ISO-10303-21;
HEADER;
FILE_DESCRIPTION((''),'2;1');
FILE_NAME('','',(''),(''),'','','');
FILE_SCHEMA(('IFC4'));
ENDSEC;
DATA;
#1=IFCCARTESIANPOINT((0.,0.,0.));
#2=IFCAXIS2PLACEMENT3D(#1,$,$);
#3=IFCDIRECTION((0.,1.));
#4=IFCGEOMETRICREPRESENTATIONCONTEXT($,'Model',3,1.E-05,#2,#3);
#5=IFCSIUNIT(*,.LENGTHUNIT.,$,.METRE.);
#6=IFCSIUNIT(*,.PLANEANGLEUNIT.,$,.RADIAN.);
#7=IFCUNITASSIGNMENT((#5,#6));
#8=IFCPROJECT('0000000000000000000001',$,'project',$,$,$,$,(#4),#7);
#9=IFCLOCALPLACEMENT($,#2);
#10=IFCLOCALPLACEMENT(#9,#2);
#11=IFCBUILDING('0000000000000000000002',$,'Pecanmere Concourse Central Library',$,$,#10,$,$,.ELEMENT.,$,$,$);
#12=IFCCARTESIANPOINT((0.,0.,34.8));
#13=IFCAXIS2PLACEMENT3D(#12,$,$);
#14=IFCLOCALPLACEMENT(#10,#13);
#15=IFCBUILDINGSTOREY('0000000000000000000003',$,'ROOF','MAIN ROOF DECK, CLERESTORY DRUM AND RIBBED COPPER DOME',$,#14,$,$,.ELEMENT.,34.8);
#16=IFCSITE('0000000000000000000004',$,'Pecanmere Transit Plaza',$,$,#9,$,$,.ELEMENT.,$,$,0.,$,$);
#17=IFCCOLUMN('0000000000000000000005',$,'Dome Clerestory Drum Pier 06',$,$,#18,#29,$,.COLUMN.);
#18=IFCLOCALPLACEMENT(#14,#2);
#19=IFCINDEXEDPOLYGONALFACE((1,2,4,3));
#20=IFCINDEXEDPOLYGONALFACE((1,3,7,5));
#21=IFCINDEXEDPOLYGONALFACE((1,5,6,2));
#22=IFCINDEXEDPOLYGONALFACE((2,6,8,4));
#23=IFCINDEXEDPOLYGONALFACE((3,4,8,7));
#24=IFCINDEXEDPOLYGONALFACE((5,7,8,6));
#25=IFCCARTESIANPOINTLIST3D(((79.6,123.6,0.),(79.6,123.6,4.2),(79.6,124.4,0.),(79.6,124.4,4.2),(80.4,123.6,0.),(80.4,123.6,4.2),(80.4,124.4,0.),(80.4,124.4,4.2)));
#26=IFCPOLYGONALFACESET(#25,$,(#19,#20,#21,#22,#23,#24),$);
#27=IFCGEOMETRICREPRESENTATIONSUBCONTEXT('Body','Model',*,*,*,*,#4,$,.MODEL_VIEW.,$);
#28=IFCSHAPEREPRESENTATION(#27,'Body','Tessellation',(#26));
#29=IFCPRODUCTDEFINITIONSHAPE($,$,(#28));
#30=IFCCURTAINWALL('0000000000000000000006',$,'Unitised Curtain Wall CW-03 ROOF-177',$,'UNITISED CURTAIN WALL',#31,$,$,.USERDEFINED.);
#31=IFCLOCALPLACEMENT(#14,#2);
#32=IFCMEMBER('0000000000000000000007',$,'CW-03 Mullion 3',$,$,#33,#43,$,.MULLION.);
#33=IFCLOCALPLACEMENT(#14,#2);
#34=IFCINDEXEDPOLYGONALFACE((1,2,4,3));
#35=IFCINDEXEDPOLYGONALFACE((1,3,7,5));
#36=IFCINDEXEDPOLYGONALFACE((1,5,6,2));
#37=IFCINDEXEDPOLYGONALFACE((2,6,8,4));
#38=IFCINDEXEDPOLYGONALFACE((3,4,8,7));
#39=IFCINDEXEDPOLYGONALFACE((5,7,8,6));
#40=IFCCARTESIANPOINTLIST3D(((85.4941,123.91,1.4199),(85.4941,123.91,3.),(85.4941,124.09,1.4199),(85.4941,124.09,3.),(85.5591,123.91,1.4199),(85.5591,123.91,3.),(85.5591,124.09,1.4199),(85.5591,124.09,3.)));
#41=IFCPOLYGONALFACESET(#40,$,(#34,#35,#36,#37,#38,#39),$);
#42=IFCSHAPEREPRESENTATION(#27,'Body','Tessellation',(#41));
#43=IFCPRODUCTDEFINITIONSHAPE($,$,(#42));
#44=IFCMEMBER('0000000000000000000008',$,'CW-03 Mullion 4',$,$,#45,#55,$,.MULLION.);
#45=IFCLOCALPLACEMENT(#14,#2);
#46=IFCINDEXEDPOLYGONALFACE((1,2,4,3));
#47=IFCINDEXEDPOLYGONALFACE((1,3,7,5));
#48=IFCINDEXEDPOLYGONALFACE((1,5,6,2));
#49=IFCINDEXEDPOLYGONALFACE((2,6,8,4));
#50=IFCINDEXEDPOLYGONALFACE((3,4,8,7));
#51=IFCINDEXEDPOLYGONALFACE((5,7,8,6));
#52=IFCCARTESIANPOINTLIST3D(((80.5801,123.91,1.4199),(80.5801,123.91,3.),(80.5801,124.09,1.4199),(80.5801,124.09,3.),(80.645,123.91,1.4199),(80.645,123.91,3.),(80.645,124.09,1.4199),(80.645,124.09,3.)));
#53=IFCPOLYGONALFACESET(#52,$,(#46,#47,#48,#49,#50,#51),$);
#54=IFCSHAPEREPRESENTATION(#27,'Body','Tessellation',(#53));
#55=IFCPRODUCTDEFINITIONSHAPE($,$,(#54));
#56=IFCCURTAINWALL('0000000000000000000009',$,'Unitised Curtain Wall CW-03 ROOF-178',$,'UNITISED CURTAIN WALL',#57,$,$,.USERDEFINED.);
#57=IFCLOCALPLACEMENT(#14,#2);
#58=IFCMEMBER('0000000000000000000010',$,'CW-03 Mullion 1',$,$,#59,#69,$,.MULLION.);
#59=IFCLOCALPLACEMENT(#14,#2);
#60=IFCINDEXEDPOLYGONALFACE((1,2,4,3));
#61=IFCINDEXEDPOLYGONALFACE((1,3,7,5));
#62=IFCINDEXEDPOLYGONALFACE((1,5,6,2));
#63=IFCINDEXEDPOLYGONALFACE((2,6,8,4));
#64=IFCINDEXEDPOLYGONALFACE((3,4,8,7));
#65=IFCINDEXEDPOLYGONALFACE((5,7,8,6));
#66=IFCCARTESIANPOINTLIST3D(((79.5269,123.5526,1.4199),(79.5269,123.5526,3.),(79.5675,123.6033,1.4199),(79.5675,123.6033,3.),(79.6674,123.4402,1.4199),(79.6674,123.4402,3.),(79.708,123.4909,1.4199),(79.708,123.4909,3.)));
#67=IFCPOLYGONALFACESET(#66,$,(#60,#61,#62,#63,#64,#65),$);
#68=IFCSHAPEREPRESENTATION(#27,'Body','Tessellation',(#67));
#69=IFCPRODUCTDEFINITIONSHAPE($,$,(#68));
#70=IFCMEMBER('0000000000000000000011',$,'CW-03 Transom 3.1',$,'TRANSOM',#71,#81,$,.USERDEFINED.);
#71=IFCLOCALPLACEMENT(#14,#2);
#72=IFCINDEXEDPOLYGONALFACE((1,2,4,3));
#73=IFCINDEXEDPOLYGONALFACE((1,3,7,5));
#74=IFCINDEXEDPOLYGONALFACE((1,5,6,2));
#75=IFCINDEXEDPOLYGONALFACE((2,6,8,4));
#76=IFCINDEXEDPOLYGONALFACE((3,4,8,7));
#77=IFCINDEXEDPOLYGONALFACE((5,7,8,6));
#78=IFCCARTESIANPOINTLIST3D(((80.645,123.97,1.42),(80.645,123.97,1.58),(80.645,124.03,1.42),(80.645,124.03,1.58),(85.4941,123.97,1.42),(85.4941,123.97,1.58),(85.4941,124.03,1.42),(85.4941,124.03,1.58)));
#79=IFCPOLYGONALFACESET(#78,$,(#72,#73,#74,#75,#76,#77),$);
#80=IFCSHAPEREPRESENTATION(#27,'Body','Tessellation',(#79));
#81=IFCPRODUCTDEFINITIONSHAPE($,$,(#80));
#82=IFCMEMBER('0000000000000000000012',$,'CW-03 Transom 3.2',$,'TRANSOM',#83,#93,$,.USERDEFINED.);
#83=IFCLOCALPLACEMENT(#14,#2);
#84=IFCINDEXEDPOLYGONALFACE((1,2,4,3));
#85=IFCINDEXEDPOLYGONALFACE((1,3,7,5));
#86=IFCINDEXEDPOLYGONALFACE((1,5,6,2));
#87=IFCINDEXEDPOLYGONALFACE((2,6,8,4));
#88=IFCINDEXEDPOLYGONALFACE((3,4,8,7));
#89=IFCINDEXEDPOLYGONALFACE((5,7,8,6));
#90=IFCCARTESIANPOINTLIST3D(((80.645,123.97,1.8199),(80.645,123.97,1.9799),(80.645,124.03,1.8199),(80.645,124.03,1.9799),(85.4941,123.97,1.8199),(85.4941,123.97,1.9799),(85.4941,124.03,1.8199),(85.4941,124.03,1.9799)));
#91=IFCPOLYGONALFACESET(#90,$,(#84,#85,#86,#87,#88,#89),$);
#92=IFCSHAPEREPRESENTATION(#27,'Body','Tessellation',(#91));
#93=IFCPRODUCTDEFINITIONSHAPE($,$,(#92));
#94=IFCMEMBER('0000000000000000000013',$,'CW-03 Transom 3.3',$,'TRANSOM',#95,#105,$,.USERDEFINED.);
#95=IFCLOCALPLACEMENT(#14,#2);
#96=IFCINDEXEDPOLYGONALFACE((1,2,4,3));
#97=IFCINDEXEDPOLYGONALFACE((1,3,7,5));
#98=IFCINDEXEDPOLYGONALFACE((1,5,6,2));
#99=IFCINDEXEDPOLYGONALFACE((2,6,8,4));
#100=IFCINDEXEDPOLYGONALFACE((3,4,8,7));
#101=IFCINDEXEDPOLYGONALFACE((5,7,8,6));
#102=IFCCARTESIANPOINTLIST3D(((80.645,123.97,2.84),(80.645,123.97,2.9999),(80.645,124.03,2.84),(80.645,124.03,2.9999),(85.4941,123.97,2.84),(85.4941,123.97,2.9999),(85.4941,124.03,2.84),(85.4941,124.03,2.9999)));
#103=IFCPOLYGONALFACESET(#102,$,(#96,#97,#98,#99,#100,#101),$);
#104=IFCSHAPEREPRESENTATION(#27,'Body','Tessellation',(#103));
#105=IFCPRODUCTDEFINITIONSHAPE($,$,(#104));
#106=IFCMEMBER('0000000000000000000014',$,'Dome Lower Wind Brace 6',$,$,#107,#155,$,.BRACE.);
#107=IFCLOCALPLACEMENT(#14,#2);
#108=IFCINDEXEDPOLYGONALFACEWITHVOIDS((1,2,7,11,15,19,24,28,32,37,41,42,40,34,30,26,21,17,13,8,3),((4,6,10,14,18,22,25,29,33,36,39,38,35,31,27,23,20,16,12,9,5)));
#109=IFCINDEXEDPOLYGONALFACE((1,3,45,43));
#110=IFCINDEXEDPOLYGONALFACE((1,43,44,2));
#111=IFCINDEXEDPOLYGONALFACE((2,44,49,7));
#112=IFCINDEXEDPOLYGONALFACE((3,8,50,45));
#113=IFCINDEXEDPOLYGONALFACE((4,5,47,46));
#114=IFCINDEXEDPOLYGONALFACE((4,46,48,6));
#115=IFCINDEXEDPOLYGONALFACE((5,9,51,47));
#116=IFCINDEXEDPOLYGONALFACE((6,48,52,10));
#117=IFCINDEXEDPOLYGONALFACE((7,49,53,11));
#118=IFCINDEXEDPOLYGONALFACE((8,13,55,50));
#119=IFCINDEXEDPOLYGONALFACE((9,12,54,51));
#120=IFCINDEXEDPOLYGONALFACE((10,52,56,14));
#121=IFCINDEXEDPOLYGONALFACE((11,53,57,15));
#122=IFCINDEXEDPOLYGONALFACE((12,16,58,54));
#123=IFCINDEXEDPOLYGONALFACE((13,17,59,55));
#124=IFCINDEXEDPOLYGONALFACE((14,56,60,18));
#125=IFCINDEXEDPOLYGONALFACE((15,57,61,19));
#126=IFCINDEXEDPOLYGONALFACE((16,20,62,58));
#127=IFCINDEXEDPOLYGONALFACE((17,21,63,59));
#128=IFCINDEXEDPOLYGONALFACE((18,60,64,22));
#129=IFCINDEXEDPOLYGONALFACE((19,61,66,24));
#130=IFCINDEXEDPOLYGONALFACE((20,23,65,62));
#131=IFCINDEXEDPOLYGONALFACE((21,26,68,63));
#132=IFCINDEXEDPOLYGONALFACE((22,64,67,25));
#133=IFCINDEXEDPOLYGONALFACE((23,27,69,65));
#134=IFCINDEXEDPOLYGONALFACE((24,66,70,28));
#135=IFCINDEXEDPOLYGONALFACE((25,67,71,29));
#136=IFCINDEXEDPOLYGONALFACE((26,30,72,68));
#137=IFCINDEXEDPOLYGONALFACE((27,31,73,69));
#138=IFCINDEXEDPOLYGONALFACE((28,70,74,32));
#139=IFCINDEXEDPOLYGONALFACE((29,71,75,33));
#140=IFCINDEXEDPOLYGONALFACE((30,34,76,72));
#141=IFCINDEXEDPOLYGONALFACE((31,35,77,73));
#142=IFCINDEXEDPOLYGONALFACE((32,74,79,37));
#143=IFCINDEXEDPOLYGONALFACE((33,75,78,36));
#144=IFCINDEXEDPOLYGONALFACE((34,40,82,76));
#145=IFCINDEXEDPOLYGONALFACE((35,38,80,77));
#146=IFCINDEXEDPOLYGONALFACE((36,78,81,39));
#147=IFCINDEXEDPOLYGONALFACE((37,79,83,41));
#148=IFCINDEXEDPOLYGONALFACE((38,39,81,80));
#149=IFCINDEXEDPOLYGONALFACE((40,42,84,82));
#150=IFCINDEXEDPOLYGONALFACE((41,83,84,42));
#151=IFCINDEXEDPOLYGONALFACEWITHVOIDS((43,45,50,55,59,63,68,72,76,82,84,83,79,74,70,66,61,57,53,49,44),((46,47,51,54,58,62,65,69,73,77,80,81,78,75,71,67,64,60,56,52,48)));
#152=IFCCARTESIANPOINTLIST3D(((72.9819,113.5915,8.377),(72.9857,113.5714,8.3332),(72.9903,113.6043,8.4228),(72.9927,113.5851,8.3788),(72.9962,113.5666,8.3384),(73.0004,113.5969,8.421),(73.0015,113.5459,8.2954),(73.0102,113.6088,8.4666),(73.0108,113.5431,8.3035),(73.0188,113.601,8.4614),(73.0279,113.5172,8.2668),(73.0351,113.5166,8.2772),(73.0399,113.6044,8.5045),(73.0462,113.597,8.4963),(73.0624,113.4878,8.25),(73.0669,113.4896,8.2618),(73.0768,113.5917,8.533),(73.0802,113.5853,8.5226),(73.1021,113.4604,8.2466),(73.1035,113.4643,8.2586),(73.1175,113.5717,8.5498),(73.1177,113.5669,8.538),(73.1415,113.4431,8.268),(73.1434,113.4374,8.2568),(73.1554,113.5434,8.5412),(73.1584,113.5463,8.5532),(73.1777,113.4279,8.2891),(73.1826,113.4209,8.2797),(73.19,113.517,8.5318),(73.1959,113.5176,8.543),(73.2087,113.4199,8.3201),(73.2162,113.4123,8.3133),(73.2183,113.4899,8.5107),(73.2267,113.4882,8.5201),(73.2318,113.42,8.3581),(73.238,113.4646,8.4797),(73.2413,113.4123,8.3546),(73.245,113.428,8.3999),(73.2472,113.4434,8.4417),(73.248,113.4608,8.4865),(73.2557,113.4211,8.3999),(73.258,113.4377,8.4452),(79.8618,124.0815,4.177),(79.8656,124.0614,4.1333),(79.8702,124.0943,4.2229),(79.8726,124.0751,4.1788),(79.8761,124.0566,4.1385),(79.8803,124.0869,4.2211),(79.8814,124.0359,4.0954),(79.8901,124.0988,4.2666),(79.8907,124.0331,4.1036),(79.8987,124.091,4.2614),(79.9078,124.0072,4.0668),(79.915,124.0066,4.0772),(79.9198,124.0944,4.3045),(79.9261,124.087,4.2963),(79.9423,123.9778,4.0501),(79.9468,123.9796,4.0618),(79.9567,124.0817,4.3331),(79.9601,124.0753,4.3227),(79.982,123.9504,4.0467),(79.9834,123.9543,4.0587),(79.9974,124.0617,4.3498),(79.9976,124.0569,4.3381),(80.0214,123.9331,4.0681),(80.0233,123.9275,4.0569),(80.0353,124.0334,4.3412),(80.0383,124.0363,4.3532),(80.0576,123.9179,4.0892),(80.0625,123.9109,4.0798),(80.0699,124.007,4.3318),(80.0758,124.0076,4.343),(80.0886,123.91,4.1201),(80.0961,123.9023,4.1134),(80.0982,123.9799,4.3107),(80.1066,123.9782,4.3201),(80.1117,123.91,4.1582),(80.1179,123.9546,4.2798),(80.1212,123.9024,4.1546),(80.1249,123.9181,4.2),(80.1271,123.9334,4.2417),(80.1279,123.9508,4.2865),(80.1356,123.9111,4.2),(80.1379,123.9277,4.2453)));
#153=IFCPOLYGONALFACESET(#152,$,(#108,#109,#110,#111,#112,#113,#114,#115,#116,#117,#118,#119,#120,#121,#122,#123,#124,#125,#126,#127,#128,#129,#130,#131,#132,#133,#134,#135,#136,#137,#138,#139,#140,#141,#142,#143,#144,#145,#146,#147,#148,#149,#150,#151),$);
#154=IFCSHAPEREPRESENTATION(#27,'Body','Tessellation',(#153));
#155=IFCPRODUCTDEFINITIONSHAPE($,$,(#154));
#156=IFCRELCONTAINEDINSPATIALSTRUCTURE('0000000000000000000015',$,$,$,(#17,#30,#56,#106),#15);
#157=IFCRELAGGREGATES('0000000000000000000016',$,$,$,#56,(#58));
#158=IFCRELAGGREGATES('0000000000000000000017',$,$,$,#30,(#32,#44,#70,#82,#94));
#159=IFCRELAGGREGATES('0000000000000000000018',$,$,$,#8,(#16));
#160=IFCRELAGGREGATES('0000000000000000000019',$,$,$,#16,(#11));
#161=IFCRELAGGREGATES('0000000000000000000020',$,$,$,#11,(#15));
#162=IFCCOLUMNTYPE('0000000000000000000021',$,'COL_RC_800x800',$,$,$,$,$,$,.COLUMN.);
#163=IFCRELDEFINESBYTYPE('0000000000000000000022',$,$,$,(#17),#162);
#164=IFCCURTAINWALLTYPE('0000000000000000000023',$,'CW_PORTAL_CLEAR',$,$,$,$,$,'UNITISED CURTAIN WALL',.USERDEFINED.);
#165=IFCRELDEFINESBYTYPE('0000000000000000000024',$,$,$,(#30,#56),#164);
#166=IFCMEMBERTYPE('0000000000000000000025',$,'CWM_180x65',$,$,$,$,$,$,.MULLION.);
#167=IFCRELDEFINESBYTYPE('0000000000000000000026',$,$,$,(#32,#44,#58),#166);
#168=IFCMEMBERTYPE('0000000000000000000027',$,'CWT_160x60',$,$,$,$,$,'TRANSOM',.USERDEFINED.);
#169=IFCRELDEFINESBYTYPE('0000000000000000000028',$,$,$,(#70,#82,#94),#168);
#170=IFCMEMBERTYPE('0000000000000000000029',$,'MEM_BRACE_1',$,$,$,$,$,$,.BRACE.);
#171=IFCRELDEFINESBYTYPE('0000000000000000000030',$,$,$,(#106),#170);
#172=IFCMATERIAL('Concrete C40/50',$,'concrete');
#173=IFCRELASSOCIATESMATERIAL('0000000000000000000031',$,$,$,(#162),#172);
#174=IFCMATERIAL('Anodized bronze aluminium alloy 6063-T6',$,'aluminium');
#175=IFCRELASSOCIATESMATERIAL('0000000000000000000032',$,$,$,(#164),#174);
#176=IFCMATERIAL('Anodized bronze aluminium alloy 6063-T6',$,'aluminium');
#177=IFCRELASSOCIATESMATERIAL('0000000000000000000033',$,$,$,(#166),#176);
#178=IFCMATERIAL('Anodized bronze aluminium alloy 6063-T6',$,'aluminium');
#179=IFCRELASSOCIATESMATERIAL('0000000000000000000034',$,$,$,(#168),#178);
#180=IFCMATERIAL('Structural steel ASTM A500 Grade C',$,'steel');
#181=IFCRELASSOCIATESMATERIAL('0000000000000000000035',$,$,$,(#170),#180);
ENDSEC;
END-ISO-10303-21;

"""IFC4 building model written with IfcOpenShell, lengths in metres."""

from ifc_helpers import new_model, si_unit, direction, frame, origin, origin_2d, place, context, subcontext, project, spatial, rectangle, hollow_circle, extrude, material, material_profile, profile_set, type_object, element, aggregate, save


model = new_model("IFC4")

# Units and contexts
model_context = context("Model", 3, precision=1e-05, world=origin(), true_north=direction((0.0, 1.0)))
body_context = subcontext(model_context, "Body", "Model", "MODEL_VIEW")
ifc_project = project(units=[si_unit("LENGTHUNIT", "METRE"), si_unit("PLANEANGLEUNIT", "RADIAN")], contexts=[model_context])

# Site, building, storey
site_placement = place(None, origin())
site = spatial("IfcSite", under=ifc_project, at=site_placement, Name="Pecanmere Transit Plaza", CompositionType="ELEMENT", RefElevation=0.0)
building_placement = place(site_placement, origin())
building = spatial("IfcBuilding", under=site, at=building_placement, Name="Pecanmere Concourse Central Library", CompositionType="ELEMENT")
storey_placement = place(building_placement, frame((0.0, 0.0, 34.8)))
storey = spatial("IfcBuildingStorey", under=building, at=storey_placement, Name="ROOF", Description="MAIN ROOF DECK, CLERESTORY DRUM AND RIBBED COPPER DOME", CompositionType="ELEMENT", Elevation=34.8)

# Column
ifc_material_1 = material(Name="Concrete C40/50", Category="concrete")
ifc_material_profile_1 = material_profile(ifc_material_1, rectangle(XDim=0.8, YDim=0.8, at=origin_2d()), Name="RC 800x800")
ifc_profile_set_1 = profile_set([ifc_material_profile_1], Name="Concrete C40/50")
column_type = type_object("IfcColumnType", Name="COL_RC_800x800", PredefinedType="COLUMN", material=ifc_profile_set_1)
column_placement = place(storey_placement, frame((80.0, 124.0, 0.0), z_axis=(0.0, 0.0, 1.0), x_axis=(1.0, 0.0, 0.0)))
element("IfcColumn", 1, at=column_placement, inside=storey, type_object=column_type, Name="Dome Clerestory Drum Pier 06", PredefinedType="COLUMN", context=body_context, shape_type="SweptSolid", body=[
    extrude(rectangle(XDim=0.8, YDim=0.8, at=origin_2d()), origin(), (0.0, 0.0, 1.0), 4.2),
])

# Curtain wall, members
ifc_material_2 = material(Name="Anodized bronze aluminium alloy 6063-T6", Category="aluminium")
curtain_wall_type = type_object("IfcCurtainWallType", Name="CW_PORTAL_CLEAR", ElementType="UNITISED CURTAIN WALL", PredefinedType="USERDEFINED", material=ifc_material_2)
curtain_wall_1_placement = place(storey_placement, origin())
curtain_wall_1 = element("IfcCurtainWall", 2, at=curtain_wall_1_placement, inside=storey, type_object=curtain_wall_type, Name="Unitised Curtain Wall CW-03 ROOF-177", ObjectType="UNITISED CURTAIN WALL", PredefinedType="USERDEFINED")
ifc_material_3 = material(Name="Anodized bronze aluminium alloy 6063-T6", Category="aluminium")
ifc_material_profile_2 = material_profile(ifc_material_3, rectangle(XDim=0.0649, YDim=0.1799, at=origin_2d()), Name="AL 65x180")
ifc_profile_set_2 = profile_set([ifc_material_profile_2], Name="Anodized bronze aluminium alloy 6063-T6")
member_type_1 = type_object("IfcMemberType", Name="CWM_180x65", PredefinedType="MULLION", material=ifc_profile_set_2)
member_1_placement = place(storey_placement, frame((85.5266, 124.0, 1.4199), z_axis=(0.0, 0.0, 1.0), x_axis=(-1.0, 0.0, 0.0)))
member_1 = element("IfcMember", 3, at=member_1_placement, type_object=member_type_1, Name="CW-03 Mullion 3", PredefinedType="MULLION", context=body_context, shape_type="SweptSolid", body=[
    extrude(rectangle(XDim=0.0649, YDim=0.1799, at=origin_2d()), origin(), (0.0, 0.0, 1.0), 1.5801),
])
member_2_placement = place(storey_placement, frame((80.6125, 124.0, 1.4199), z_axis=(0.0, 0.0, 1.0), x_axis=(-1.0, 0.0, 0.0)))
member_2 = element("IfcMember", 4, at=member_2_placement, type_object=member_type_1, Name="CW-03 Mullion 4", PredefinedType="MULLION", context=body_context, shape_type="SweptSolid", body=[
    extrude(rectangle(XDim=0.0649, YDim=0.1799, at=origin_2d()), origin(), (0.0, 0.0, 1.0), 1.5801),
])

# Curtain wall, member
curtain_wall_2_placement = place(storey_placement, origin())
curtain_wall_2 = element("IfcCurtainWall", 5, at=curtain_wall_2_placement, inside=storey, type_object=curtain_wall_type, Name="Unitised Curtain Wall CW-03 ROOF-178", ObjectType="UNITISED CURTAIN WALL", PredefinedType="USERDEFINED")
member_3_placement = place(storey_placement, frame((79.6174, 123.5217, 1.4199), z_axis=(0.0, 0.0, 1.0), x_axis=(-0.624697, -0.780867, 0.0)))
member_3 = element("IfcMember", 6, at=member_3_placement, type_object=member_type_1, Name="CW-03 Mullion 1", PredefinedType="MULLION", context=body_context, shape_type="SweptSolid", body=[
    extrude(rectangle(XDim=0.0649, YDim=0.1799, at=origin_2d()), origin(), (0.0, 0.0, 1.0), 1.5801),
])
aggregate(curtain_wall_2, [member_3])

# Members
ifc_material_4 = material(Name="Anodized bronze aluminium alloy 6063-T6", Category="aluminium")
ifc_material_profile_3 = material_profile(ifc_material_4, rectangle(XDim=0.0601, YDim=0.1599, at=origin_2d()), Name="AL 60x160")
ifc_profile_set_3 = profile_set([ifc_material_profile_3], Name="Anodized bronze aluminium alloy 6063-T6")
member_type_2 = type_object("IfcMemberType", Name="CWT_160x60", ElementType="TRANSOM", PredefinedType="USERDEFINED", material=ifc_profile_set_3)
member_4_placement = place(storey_placement, frame((85.4941, 124.0, 1.5), z_axis=(-1.0, 0.0, 0.0), x_axis=(0.0, -1.0, 0.0)))
member_4 = element("IfcMember", 7, at=member_4_placement, type_object=member_type_2, Name="CW-03 Transom 3.1", ObjectType="TRANSOM", PredefinedType="USERDEFINED", context=body_context, shape_type="SweptSolid", body=[
    extrude(rectangle(XDim=0.0601, YDim=0.1599, at=origin_2d()), origin(), (0.0, 0.0, 1.0), 4.8491),
])
member_5_placement = place(storey_placement, frame((85.4941, 124.0, 1.8999), z_axis=(-1.0, 0.0, 0.0), x_axis=(0.0, -1.0, 0.0)))
member_5 = element("IfcMember", 8, at=member_5_placement, type_object=member_type_2, Name="CW-03 Transom 3.2", ObjectType="TRANSOM", PredefinedType="USERDEFINED", context=body_context, shape_type="SweptSolid", body=[
    extrude(rectangle(XDim=0.0601, YDim=0.1599, at=origin_2d()), origin(), (0.0, 0.0, 1.0), 4.8491),
])
member_6_placement = place(storey_placement, frame((85.4941, 124.0, 2.9199), z_axis=(-1.0, 0.0, 0.0), x_axis=(0.0, -1.0, 0.0)))
member_6 = element("IfcMember", 9, at=member_6_placement, type_object=member_type_2, Name="CW-03 Transom 3.3", ObjectType="TRANSOM", PredefinedType="USERDEFINED", context=body_context, shape_type="SweptSolid", body=[
    extrude(rectangle(XDim=0.0601, YDim=0.1599, at=origin_2d()), origin(), (0.0, 0.0, 1.0), 4.8491),
])

# Member
ifc_material_5 = material(Name="Structural steel ASTM A500 Grade C", Category="steel")
ifc_material_profile_4 = material_profile(ifc_material_5, hollow_circle(Radius=0.1621, WallThickness=0.0127, at=origin_2d()), Name="HSS323.9x12.7")
ifc_profile_set_4 = profile_set([ifc_material_profile_4], Name="Structural steel ASTM A500 Grade C")
member_type_3 = type_object("IfcMemberType", Name="MEM_BRACE_1", PredefinedType="BRACE", material=ifc_profile_set_4)
member_7_placement = place(storey_placement, frame((80.0, 124.0, 4.2), z_axis=(-0.520052, -0.792941, 0.317475), x_axis=(0.8362, -0.548424, 0.0)))
element("IfcMember", 10, at=member_7_placement, inside=storey, type_object=member_type_3, Name="Dome Lower Wind Brace 6", PredefinedType="BRACE", context=body_context, shape_type="SweptSolid", body=[
    extrude(hollow_circle(Radius=0.1621, WallThickness=0.0127, at=origin_2d()), origin(), (0.0, 0.0, 1.0), 13.2292),
])

aggregate(curtain_wall_1, [member_1, member_2, member_4, member_5, member_6])

save(model, "model.ifc")
